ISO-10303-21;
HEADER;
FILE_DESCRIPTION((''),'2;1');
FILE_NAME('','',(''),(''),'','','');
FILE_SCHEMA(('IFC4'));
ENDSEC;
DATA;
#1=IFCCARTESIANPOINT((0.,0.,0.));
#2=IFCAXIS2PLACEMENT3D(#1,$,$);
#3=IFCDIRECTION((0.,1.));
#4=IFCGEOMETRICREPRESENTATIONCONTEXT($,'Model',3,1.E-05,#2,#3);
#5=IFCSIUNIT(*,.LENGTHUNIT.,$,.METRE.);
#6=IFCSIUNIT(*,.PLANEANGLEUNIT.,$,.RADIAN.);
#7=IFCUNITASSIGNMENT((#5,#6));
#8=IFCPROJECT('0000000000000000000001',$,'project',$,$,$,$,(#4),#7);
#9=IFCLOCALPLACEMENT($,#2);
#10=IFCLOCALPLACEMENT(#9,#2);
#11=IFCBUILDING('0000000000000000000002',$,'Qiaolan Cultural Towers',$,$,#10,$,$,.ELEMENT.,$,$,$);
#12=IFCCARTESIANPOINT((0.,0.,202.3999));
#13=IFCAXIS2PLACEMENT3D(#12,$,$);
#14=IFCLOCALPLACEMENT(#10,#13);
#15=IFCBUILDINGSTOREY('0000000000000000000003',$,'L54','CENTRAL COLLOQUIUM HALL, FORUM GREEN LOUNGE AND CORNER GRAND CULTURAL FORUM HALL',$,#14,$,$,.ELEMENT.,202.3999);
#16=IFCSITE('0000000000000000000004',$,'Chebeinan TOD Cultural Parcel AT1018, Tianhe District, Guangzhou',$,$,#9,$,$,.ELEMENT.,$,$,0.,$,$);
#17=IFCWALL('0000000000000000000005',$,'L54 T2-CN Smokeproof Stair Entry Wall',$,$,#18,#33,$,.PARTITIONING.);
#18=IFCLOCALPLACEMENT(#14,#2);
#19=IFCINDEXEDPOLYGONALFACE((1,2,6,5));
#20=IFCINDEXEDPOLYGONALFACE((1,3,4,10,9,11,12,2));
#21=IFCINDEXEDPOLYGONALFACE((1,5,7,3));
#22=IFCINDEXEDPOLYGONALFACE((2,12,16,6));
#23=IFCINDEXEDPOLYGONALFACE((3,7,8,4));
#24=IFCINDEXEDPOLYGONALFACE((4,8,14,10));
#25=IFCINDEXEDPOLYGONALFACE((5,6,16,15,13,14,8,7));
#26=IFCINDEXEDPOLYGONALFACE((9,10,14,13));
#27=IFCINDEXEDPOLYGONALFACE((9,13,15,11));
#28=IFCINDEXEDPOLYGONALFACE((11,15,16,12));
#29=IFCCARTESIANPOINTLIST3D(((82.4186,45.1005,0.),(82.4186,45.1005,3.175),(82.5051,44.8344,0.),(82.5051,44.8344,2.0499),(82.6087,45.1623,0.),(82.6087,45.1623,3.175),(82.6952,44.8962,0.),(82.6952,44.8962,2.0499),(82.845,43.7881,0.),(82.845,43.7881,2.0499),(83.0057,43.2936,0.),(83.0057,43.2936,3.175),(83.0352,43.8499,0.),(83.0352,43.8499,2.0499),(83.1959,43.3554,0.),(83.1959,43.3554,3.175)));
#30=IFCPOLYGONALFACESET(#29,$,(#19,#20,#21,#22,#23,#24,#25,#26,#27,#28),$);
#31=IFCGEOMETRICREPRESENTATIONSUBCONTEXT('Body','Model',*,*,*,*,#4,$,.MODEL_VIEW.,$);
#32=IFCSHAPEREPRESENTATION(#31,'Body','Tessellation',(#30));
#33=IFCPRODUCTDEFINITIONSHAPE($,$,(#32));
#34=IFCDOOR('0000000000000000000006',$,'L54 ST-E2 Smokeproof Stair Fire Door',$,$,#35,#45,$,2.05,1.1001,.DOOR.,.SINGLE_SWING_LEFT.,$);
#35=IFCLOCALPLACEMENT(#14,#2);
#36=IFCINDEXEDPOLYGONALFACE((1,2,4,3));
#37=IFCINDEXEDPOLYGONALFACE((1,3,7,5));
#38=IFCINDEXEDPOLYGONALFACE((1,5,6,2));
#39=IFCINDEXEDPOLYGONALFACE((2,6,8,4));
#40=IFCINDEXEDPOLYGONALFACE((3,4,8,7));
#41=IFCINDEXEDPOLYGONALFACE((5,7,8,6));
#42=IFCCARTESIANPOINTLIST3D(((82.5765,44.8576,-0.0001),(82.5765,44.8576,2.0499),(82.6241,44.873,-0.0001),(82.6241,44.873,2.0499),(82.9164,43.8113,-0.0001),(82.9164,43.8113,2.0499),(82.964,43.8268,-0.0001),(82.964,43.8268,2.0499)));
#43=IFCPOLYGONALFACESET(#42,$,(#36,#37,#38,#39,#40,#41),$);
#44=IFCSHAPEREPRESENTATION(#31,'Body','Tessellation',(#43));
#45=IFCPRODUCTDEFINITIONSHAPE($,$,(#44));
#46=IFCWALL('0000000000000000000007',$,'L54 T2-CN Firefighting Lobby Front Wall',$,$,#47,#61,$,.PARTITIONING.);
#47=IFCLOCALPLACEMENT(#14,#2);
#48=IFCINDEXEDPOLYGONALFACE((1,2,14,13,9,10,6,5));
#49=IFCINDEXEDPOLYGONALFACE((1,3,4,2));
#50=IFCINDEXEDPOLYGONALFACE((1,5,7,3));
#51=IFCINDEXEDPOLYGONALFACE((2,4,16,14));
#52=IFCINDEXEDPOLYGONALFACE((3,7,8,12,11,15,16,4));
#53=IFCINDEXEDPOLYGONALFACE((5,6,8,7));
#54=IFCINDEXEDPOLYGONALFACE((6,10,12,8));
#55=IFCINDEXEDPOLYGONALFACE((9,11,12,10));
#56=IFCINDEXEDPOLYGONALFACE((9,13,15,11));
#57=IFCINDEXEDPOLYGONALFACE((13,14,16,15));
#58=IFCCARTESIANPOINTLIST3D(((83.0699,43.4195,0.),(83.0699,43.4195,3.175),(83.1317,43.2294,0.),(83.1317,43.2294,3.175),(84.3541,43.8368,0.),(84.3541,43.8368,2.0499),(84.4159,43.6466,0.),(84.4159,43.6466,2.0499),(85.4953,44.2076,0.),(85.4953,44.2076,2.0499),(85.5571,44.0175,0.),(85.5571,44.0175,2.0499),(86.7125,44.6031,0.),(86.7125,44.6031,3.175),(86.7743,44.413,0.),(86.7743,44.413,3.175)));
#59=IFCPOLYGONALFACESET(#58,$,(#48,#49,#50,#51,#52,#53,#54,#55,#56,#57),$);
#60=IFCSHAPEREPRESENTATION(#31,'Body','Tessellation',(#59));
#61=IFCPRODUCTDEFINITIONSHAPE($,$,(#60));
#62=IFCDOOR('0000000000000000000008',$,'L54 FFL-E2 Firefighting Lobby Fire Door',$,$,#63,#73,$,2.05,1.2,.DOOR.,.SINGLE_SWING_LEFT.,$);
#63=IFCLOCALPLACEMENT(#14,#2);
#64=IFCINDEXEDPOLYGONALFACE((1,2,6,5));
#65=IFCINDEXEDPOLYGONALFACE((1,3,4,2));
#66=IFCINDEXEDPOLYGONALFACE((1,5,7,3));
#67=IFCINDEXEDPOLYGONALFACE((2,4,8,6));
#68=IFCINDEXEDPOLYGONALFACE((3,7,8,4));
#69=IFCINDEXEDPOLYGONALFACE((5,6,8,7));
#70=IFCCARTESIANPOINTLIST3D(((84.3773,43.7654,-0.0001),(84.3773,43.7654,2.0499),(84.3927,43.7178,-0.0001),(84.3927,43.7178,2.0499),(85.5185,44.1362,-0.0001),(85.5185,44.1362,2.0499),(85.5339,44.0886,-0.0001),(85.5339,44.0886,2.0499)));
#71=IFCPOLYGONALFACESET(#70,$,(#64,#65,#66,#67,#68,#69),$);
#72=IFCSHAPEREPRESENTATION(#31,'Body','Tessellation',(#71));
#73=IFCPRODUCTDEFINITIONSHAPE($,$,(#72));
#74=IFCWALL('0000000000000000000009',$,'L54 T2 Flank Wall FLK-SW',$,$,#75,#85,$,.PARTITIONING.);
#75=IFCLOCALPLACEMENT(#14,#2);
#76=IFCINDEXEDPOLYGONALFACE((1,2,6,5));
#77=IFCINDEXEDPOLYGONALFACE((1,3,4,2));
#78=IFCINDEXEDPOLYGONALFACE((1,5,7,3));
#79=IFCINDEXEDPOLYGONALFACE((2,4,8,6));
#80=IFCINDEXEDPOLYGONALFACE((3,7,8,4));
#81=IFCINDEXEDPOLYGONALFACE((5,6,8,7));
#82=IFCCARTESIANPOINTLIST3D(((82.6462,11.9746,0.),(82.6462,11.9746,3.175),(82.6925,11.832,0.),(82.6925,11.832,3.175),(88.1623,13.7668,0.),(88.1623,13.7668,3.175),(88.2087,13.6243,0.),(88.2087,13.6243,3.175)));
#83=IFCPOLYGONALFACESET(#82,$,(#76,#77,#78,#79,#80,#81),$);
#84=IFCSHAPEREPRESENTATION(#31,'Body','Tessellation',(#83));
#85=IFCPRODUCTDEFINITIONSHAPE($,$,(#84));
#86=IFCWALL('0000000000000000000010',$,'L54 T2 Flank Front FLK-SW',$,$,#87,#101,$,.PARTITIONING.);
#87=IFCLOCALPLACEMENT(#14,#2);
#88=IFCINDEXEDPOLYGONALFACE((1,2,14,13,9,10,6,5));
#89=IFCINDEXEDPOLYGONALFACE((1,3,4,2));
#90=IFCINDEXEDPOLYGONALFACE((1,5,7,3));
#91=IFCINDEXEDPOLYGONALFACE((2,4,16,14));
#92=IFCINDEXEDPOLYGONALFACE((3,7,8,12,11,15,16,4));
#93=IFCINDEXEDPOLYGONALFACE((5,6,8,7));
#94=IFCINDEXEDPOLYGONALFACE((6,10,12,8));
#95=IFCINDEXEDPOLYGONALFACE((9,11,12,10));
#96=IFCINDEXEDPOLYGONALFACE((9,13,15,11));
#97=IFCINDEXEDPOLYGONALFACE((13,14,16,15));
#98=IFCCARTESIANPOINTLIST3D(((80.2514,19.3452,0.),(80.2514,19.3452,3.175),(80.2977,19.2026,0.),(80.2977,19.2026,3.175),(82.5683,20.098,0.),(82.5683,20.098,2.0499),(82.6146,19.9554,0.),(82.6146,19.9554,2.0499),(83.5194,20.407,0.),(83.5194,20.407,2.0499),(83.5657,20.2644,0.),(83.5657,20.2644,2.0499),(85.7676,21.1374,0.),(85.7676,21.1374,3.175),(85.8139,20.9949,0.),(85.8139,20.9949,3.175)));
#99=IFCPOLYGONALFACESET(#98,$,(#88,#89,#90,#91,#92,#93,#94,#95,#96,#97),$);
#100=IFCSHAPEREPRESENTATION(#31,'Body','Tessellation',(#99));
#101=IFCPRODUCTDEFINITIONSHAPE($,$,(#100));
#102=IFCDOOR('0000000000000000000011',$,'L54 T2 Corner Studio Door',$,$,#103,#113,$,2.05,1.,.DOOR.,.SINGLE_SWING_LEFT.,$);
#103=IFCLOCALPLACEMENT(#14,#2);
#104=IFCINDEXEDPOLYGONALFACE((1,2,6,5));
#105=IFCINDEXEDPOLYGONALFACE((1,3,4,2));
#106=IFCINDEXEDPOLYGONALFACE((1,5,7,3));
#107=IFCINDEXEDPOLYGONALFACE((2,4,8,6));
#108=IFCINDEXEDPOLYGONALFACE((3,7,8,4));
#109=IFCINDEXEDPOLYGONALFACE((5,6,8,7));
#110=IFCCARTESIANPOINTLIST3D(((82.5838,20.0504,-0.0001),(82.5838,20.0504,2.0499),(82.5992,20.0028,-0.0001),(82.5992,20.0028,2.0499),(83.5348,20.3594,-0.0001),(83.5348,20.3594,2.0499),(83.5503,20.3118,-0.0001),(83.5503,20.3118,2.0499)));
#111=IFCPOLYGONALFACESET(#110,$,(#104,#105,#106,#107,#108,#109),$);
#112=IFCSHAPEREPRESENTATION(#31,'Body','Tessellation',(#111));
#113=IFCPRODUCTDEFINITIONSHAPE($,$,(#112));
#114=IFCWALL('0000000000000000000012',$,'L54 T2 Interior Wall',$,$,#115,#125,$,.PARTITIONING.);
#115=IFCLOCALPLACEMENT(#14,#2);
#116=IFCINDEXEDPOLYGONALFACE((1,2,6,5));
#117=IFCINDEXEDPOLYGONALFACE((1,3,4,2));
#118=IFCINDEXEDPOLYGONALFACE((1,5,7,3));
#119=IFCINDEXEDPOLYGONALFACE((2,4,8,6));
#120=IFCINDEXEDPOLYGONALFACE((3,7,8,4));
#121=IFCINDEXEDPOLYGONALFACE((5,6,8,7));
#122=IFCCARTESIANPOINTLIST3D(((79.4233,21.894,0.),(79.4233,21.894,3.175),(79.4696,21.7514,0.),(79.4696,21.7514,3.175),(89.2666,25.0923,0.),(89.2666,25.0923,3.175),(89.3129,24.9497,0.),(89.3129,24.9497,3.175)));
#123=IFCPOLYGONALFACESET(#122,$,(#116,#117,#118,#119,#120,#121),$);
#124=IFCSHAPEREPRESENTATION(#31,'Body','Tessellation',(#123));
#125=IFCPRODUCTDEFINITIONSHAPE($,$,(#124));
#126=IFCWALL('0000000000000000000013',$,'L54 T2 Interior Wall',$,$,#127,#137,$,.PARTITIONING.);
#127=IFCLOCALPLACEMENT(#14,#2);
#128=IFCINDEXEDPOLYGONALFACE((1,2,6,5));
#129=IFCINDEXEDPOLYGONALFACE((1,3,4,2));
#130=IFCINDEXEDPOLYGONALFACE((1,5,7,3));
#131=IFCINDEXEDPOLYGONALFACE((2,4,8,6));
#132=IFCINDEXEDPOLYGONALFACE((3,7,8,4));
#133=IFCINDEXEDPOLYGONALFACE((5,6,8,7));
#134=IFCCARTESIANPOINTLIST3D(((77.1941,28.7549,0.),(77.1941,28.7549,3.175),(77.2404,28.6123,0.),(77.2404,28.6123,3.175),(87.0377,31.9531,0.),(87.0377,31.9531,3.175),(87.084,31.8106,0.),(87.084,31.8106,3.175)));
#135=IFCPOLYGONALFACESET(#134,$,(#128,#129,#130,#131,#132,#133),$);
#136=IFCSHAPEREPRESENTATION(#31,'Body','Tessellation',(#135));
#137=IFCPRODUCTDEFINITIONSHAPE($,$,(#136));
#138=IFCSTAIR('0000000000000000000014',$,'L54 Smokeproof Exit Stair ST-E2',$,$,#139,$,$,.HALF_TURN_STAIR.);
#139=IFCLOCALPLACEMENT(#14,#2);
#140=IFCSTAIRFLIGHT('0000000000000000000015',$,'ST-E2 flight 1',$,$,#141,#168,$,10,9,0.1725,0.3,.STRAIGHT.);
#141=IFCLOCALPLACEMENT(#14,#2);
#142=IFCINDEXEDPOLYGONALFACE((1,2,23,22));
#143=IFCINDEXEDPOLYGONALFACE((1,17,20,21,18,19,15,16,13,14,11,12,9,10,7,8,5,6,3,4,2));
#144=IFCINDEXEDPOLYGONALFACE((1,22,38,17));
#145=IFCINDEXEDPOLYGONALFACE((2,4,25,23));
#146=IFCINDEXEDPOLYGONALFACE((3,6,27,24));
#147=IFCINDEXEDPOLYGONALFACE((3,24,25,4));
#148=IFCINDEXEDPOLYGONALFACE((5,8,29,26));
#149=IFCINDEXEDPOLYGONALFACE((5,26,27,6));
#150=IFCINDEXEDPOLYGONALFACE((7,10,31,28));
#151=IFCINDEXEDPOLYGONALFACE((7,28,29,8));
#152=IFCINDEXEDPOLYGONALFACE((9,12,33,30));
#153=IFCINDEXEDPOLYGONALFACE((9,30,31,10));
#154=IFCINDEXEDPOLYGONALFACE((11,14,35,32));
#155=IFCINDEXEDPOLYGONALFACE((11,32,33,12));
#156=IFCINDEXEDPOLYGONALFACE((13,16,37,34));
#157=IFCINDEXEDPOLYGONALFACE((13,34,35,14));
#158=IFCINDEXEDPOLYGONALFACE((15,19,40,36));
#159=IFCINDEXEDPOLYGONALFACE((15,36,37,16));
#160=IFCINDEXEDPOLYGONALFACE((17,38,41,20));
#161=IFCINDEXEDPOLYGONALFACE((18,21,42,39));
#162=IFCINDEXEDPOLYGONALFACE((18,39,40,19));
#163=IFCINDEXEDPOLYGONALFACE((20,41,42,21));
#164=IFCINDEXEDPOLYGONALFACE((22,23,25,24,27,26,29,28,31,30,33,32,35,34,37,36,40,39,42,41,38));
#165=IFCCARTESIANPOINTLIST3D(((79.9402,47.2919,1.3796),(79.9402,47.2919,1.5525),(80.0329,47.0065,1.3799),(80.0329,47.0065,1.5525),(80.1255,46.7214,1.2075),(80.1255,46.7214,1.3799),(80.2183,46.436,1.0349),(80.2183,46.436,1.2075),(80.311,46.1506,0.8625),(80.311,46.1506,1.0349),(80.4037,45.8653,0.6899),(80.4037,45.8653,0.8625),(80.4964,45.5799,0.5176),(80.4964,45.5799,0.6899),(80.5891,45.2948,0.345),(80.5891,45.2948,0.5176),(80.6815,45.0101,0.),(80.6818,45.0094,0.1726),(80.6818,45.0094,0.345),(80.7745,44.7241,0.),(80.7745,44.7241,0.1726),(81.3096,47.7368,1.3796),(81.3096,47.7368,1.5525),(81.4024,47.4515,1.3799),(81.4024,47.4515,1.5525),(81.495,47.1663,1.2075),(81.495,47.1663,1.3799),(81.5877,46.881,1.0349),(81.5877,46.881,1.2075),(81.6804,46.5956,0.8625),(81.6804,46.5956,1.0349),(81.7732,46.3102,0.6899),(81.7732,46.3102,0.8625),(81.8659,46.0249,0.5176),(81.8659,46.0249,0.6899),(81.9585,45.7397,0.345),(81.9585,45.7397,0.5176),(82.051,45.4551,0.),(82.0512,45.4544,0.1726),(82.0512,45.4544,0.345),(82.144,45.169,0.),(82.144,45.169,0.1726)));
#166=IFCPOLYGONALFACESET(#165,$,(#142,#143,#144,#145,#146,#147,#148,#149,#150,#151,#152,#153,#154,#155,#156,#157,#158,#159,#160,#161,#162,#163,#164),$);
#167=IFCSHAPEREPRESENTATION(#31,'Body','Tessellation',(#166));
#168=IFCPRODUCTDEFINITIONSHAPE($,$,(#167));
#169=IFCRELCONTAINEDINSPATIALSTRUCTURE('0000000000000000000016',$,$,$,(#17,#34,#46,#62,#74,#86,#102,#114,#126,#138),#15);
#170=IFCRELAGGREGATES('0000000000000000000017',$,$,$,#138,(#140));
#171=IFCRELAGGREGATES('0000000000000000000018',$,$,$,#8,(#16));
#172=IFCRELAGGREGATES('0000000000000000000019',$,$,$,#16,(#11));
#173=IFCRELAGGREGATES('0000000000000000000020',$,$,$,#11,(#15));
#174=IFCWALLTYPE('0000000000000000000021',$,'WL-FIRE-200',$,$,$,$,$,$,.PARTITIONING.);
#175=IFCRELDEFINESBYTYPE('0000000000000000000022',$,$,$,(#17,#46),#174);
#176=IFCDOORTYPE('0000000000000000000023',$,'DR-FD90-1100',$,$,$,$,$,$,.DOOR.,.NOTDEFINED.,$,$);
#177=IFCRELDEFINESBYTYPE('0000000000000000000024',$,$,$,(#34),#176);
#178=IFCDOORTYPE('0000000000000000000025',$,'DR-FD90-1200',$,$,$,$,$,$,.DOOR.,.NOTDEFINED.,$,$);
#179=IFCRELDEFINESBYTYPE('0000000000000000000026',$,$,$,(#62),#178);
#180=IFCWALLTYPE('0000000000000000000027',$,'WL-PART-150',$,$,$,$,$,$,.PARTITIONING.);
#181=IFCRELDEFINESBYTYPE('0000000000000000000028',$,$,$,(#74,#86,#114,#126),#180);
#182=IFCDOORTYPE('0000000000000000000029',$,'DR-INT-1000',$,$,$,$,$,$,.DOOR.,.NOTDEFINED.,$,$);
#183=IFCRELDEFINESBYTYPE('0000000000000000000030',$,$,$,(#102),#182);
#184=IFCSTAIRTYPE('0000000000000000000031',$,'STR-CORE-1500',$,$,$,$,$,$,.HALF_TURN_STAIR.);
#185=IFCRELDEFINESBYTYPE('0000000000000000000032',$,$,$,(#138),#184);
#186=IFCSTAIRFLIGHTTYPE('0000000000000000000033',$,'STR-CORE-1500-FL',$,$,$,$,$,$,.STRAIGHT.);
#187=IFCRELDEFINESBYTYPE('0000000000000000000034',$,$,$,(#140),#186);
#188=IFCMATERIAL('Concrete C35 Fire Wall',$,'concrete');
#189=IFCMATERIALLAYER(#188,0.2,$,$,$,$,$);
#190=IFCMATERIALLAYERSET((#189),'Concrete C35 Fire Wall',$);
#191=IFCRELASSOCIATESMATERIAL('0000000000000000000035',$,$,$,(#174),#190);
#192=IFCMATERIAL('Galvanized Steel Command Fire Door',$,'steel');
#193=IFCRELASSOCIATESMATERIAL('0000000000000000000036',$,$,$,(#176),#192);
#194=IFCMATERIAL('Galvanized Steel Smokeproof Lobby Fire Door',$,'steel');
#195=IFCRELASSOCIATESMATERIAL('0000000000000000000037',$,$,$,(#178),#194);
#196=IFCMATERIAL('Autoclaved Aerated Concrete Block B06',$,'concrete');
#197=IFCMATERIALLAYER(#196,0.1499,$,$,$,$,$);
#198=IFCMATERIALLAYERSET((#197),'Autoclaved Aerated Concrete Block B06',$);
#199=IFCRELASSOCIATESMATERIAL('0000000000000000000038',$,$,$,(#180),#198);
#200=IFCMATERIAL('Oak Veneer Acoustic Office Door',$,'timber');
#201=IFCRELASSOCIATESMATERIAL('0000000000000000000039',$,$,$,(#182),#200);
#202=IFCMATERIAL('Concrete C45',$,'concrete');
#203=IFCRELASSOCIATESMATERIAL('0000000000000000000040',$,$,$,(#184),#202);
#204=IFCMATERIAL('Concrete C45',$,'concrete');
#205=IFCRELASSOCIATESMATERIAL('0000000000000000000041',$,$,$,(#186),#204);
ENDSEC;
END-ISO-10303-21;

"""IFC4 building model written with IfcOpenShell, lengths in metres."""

from ifc_helpers import new_model, si_unit, direction, frame, frame_2d, origin, place, context, subcontext, project, spatial, polyline, rectangle, outline, extrude, material, layer, layer_set, type_object, element, fill, aggregate, save


model = new_model("IFC4")

# Units and contexts
model_context = context("Model", 3, precision=1e-05, world=origin(), true_north=direction((0.0, 1.0)))
body_context = subcontext(model_context, "Body", "Model", "MODEL_VIEW")
ifc_project = project(units=[si_unit("LENGTHUNIT", "METRE"), si_unit("PLANEANGLEUNIT", "RADIAN")], contexts=[model_context])

# Site, building, storey
site_placement = place(None, origin())
site = spatial("IfcSite", under=ifc_project, at=site_placement, Name="Chebeinan TOD Cultural Parcel AT1018, Tianhe District, Guangzhou", CompositionType="ELEMENT", RefElevation=0.0)
building_placement = place(site_placement, origin())
building = spatial("IfcBuilding", under=site, at=building_placement, Name="Qiaolan Cultural Towers", CompositionType="ELEMENT")
storey_placement = place(building_placement, frame((0.0, 0.0, 202.3999)))
storey = spatial("IfcBuildingStorey", under=building, at=storey_placement, Name="L54", Description="CENTRAL COLLOQUIUM HALL, FORUM GREEN LOUNGE AND CORNER GRAND CULTURAL FORUM HALL", CompositionType="ELEMENT", Elevation=202.3999)

# Walls, openings, doors
ifc_material_1 = material(Name="Concrete C35 Fire Wall", Category="concrete")
ifc_layer_1 = layer(ifc_material_1, 0.2)
ifc_layer_set_1 = layer_set([ifc_layer_1], Name="Concrete C35 Fire Wall")
wall_type_1 = type_object("IfcWallType", Name="WL-FIRE-200", PredefinedType="PARTITIONING", material=ifc_layer_set_1)
wall_1_placement = place(storey_placement, frame((83.1008, 43.3245, 0.0), z_axis=(0.0, 0.0, 1.0), x_axis=(-0.309048, 0.951046, 0.0)))
wall_1 = element("IfcWall", 1, at=wall_1_placement, inside=storey, type_object=wall_type_1, Name="L54 T2-CN Smokeproof Stair Entry Wall", PredefinedType="PARTITIONING", context=body_context, shape_type="SweptSolid", body=[
    extrude(rectangle(XDim=1.8999, YDim=0.2, at=frame_2d((0.95, 0.0))), origin(), (0.0, 0.0, 1.0), 3.175),
])
opening_1_placement = place(wall_1_placement, frame((0.52, 0.0, 0.0)))
opening_1 = element("IfcOpeningElement", 2, at=opening_1_placement, cuts=wall_1, PredefinedType="OPENING", context=body_context, shape_type="SweptSolid", body=[
    extrude(rectangle(XDim=1.1001, YDim=2.05, at=frame_2d((0.55, 1.0249))), frame((0.0, 0.1099, 0.0), z_axis=(0.0, -1.0, 0.0), x_axis=(1.0, 0.0, 0.0)), (0.0, 0.0, 1.0), 0.22),
])
ifc_material_2 = material(Name="Galvanized Steel Command Fire Door", Category="steel")
door_type_1 = type_object("IfcDoorType", Name="DR-FD90-1100", OperationType="NOTDEFINED", PredefinedType="DOOR", material=ifc_material_2)
door_1_placement = place(opening_1_placement, origin())
door_1 = element("IfcDoor", 3, at=door_1_placement, inside=storey, type_object=door_type_1, Name="L54 ST-E2 Smokeproof Stair Fire Door", OperationType="SINGLE_SWING_LEFT", OverallHeight=2.05, OverallWidth=1.1001, PredefinedType="DOOR", context=body_context, shape_type="SweptSolid", body=[
    extrude(rectangle(XDim=1.1001, YDim=2.05, at=frame_2d((0.55, 1.0249))), frame((0.0, 0.0249, 0.0), z_axis=(0.0, -1.0, 0.0), x_axis=(1.0, 0.0, 0.0)), (0.0, 0.0, 1.0), 0.05),
])
fill(opening_1, door_1)
wall_2_placement = place(storey_placement, frame((83.1008, 43.3245, 0.0), z_axis=(0.0, 0.0, 1.0), x_axis=(0.951053, 0.309028, 0.0)))
wall_2 = element("IfcWall", 4, at=wall_2_placement, inside=storey, type_object=wall_type_1, Name="L54 T2-CN Firefighting Lobby Front Wall", PredefinedType="PARTITIONING", context=body_context, shape_type="SweptSolid", body=[
    extrude(rectangle(XDim=3.8301, YDim=0.2, at=frame_2d((1.915, 0.0))), origin(), (0.0, 0.0, 1.0), 3.175),
])
opening_2_placement = place(wall_2_placement, frame((1.3501, 0.0, 0.0)))
opening_2 = element("IfcOpeningElement", 5, at=opening_2_placement, cuts=wall_2, PredefinedType="OPENING", context=body_context, shape_type="SweptSolid", body=[
    extrude(rectangle(XDim=1.2, YDim=2.05, at=frame_2d((0.6001, 1.0249))), frame((0.0, 0.1099, 0.0), z_axis=(0.0, -1.0, 0.0), x_axis=(1.0, 0.0, 0.0)), (0.0, 0.0, 1.0), 0.22),
])
ifc_material_3 = material(Name="Galvanized Steel Smokeproof Lobby Fire Door", Category="steel")
door_type_2 = type_object("IfcDoorType", Name="DR-FD90-1200", OperationType="NOTDEFINED", PredefinedType="DOOR", material=ifc_material_3)
door_2_placement = place(opening_2_placement, origin())
door_2 = element("IfcDoor", 6, at=door_2_placement, inside=storey, type_object=door_type_2, Name="L54 FFL-E2 Firefighting Lobby Fire Door", OperationType="SINGLE_SWING_LEFT", OverallHeight=2.05, OverallWidth=1.2, PredefinedType="DOOR", context=body_context, shape_type="SweptSolid", body=[
    extrude(rectangle(XDim=1.2, YDim=2.05, at=frame_2d((0.6001, 1.0249))), frame((0.0, 0.0249, 0.0), z_axis=(0.0, -1.0, 0.0), x_axis=(1.0, 0.0, 0.0)), (0.0, 0.0, 1.0), 0.05),
])
fill(opening_2, door_2)

# Wall
ifc_material_4 = material(Name="Autoclaved Aerated Concrete Block B06", Category="concrete")
ifc_layer_2 = layer(ifc_material_4, 0.1499)
ifc_layer_set_2 = layer_set([ifc_layer_2], Name="Autoclaved Aerated Concrete Block B06")
wall_type_2 = type_object("IfcWallType", Name="WL-PART-150", PredefinedType="PARTITIONING", material=ifc_layer_set_2)
wall_3_placement = place(storey_placement, frame((82.6694, 11.9033, 0.0), z_axis=(0.0, 0.0, 1.0), x_axis=(0.951059, 0.309008, 0.0)))
element("IfcWall", 7, at=wall_3_placement, inside=storey, type_object=wall_type_2, Name="L54 T2 Flank Wall FLK-SW", PredefinedType="PARTITIONING", context=body_context, shape_type="SweptSolid", body=[
    extrude(rectangle(XDim=5.8, YDim=0.1499, at=frame_2d((2.8999, 0.0))), origin(), (0.0, 0.0, 1.0), 3.175),
])

# Wall, opening, door
wall_4_placement = place(storey_placement, frame((80.2747, 19.2739, 0.0), z_axis=(0.0, 0.0, 1.0), x_axis=(0.951059, 0.309008, 0.0)))
wall_4 = element("IfcWall", 8, at=wall_4_placement, inside=storey, type_object=wall_type_2, Name="L54 T2 Flank Front FLK-SW", PredefinedType="PARTITIONING", context=body_context, shape_type="SweptSolid", body=[
    extrude(rectangle(XDim=5.8, YDim=0.1499, at=frame_2d((2.8999, 0.0))), origin(), (0.0, 0.0, 1.0), 3.175),
])
opening_3_placement = place(wall_4_placement, frame((2.436, 0.0, 0.0)))
opening_3 = element("IfcOpeningElement", 9, at=opening_3_placement, cuts=wall_4, PredefinedType="OPENING", context=body_context, shape_type="SweptSolid", body=[
    extrude(rectangle(XDim=1.0, YDim=2.05, at=frame_2d((0.5, 1.0249))), frame((0.0, 0.085, 0.0), z_axis=(0.0, -1.0, 0.0), x_axis=(1.0, 0.0, 0.0)), (0.0, 0.0, 1.0), 0.1699),
])
ifc_material_5 = material(Name="Oak Veneer Acoustic Office Door", Category="timber")
door_type_3 = type_object("IfcDoorType", Name="DR-INT-1000", OperationType="NOTDEFINED", PredefinedType="DOOR", material=ifc_material_5)
door_3_placement = place(opening_3_placement, origin())
door_3 = element("IfcDoor", 10, at=door_3_placement, inside=storey, type_object=door_type_3, Name="L54 T2 Corner Studio Door", OperationType="SINGLE_SWING_LEFT", OverallHeight=2.05, OverallWidth=1.0, PredefinedType="DOOR", context=body_context, shape_type="SweptSolid", body=[
    extrude(rectangle(XDim=1.0, YDim=2.05, at=frame_2d((0.5, 1.0249))), frame((0.0, 0.0249, 0.0), z_axis=(0.0, -1.0, 0.0), x_axis=(1.0, 0.0, 0.0)), (0.0, 0.0, 1.0), 0.05),
])
fill(opening_3, door_3)

# Walls
wall_5_placement = place(storey_placement, frame((79.4465, 21.8228, 0.0), z_axis=(0.0, 0.0, 1.0), x_axis=(0.951057, 0.309015, 0.0)))
element("IfcWall", 11, at=wall_5_placement, inside=storey, type_object=wall_type_2, Name="L54 T2 Interior Wall", PredefinedType="PARTITIONING", context=body_context, shape_type="SweptSolid", body=[
    extrude(rectangle(XDim=10.3499, YDim=0.1499, at=frame_2d((5.1748, 0.0))), origin(), (0.0, 0.0, 1.0), 3.175),
])
wall_6_placement = place(storey_placement, frame((77.2173, 28.6836, 0.0), z_axis=(0.0, 0.0, 1.0), x_axis=(0.95106, 0.309008, 0.0)))
element("IfcWall", 12, at=wall_6_placement, inside=storey, type_object=wall_type_2, Name="L54 T2 Interior Wall", PredefinedType="PARTITIONING", context=body_context, shape_type="SweptSolid", body=[
    extrude(rectangle(XDim=10.3501, YDim=0.1499, at=frame_2d((5.175, 0.0))), origin(), (0.0, 0.0, 1.0), 3.175),
])

# Stair, stair flight
ifc_material_6 = material(Name="Concrete C45", Category="concrete")
stair_type = type_object("IfcStairType", Name="STR-CORE-1500", PredefinedType="HALF_TURN_STAIR", material=ifc_material_6)
stair_placement = place(storey_placement, origin())
stair = element("IfcStair", 13, at=stair_placement, inside=storey, type_object=stair_type, Name="L54 Smokeproof Exit Stair ST-E2", PredefinedType="HALF_TURN_STAIR")
ifc_material_7 = material(Name="Concrete C45", Category="concrete")
stair_flight_type = type_object("IfcStairFlightType", Name="STR-CORE-1500-FL", PredefinedType="STRAIGHT", material=ifc_material_7)
stair_flight_placement = place(storey_placement, frame((81.4592, 44.9465, 0.0), z_axis=(0.0, 0.0, 1.0), x_axis=(-0.309017, 0.951057, 0.0)))
stair_flight = element("IfcStairFlight", 14, at=stair_flight_placement, type_object=stair_flight_type, Name="ST-E2 flight 1", NumberOfRisers=10, NumberOfTreads=9, PredefinedType="STRAIGHT", RiserHeight=0.1725, TreadLength=0.3, context=body_context, shape_type="SweptSolid", body=[
    extrude(outline(polyline([(0.0, 0.0), (0.0, 0.1726), (0.3, 0.1726), (0.3, 0.345), (0.6001, 0.345), (0.6001, 0.5176), (0.8999, 0.5176), (0.8999, 0.6899), (1.2, 0.6899), (1.2, 0.8625), (1.5, 0.8625), (1.5, 1.0349), (1.8, 1.0349), (1.8, 1.2075), (2.1001, 1.2075), (2.1001, 1.3799), (2.3999, 1.3799), (2.3999, 1.5525), (2.7, 1.5525), (2.7, 1.7251), (2.7, 1.3796), (0.3008, 0.0), (0.0, 0.0)])), frame((0.0, 0.72, 0.0), z_axis=(0.0, -1.0, 0.0), x_axis=(1.0, 0.0, 0.0)), (0.0, 0.0, 1.0), 1.4399),
])
aggregate(stair, [stair_flight])

save(model, "model.ifc")
